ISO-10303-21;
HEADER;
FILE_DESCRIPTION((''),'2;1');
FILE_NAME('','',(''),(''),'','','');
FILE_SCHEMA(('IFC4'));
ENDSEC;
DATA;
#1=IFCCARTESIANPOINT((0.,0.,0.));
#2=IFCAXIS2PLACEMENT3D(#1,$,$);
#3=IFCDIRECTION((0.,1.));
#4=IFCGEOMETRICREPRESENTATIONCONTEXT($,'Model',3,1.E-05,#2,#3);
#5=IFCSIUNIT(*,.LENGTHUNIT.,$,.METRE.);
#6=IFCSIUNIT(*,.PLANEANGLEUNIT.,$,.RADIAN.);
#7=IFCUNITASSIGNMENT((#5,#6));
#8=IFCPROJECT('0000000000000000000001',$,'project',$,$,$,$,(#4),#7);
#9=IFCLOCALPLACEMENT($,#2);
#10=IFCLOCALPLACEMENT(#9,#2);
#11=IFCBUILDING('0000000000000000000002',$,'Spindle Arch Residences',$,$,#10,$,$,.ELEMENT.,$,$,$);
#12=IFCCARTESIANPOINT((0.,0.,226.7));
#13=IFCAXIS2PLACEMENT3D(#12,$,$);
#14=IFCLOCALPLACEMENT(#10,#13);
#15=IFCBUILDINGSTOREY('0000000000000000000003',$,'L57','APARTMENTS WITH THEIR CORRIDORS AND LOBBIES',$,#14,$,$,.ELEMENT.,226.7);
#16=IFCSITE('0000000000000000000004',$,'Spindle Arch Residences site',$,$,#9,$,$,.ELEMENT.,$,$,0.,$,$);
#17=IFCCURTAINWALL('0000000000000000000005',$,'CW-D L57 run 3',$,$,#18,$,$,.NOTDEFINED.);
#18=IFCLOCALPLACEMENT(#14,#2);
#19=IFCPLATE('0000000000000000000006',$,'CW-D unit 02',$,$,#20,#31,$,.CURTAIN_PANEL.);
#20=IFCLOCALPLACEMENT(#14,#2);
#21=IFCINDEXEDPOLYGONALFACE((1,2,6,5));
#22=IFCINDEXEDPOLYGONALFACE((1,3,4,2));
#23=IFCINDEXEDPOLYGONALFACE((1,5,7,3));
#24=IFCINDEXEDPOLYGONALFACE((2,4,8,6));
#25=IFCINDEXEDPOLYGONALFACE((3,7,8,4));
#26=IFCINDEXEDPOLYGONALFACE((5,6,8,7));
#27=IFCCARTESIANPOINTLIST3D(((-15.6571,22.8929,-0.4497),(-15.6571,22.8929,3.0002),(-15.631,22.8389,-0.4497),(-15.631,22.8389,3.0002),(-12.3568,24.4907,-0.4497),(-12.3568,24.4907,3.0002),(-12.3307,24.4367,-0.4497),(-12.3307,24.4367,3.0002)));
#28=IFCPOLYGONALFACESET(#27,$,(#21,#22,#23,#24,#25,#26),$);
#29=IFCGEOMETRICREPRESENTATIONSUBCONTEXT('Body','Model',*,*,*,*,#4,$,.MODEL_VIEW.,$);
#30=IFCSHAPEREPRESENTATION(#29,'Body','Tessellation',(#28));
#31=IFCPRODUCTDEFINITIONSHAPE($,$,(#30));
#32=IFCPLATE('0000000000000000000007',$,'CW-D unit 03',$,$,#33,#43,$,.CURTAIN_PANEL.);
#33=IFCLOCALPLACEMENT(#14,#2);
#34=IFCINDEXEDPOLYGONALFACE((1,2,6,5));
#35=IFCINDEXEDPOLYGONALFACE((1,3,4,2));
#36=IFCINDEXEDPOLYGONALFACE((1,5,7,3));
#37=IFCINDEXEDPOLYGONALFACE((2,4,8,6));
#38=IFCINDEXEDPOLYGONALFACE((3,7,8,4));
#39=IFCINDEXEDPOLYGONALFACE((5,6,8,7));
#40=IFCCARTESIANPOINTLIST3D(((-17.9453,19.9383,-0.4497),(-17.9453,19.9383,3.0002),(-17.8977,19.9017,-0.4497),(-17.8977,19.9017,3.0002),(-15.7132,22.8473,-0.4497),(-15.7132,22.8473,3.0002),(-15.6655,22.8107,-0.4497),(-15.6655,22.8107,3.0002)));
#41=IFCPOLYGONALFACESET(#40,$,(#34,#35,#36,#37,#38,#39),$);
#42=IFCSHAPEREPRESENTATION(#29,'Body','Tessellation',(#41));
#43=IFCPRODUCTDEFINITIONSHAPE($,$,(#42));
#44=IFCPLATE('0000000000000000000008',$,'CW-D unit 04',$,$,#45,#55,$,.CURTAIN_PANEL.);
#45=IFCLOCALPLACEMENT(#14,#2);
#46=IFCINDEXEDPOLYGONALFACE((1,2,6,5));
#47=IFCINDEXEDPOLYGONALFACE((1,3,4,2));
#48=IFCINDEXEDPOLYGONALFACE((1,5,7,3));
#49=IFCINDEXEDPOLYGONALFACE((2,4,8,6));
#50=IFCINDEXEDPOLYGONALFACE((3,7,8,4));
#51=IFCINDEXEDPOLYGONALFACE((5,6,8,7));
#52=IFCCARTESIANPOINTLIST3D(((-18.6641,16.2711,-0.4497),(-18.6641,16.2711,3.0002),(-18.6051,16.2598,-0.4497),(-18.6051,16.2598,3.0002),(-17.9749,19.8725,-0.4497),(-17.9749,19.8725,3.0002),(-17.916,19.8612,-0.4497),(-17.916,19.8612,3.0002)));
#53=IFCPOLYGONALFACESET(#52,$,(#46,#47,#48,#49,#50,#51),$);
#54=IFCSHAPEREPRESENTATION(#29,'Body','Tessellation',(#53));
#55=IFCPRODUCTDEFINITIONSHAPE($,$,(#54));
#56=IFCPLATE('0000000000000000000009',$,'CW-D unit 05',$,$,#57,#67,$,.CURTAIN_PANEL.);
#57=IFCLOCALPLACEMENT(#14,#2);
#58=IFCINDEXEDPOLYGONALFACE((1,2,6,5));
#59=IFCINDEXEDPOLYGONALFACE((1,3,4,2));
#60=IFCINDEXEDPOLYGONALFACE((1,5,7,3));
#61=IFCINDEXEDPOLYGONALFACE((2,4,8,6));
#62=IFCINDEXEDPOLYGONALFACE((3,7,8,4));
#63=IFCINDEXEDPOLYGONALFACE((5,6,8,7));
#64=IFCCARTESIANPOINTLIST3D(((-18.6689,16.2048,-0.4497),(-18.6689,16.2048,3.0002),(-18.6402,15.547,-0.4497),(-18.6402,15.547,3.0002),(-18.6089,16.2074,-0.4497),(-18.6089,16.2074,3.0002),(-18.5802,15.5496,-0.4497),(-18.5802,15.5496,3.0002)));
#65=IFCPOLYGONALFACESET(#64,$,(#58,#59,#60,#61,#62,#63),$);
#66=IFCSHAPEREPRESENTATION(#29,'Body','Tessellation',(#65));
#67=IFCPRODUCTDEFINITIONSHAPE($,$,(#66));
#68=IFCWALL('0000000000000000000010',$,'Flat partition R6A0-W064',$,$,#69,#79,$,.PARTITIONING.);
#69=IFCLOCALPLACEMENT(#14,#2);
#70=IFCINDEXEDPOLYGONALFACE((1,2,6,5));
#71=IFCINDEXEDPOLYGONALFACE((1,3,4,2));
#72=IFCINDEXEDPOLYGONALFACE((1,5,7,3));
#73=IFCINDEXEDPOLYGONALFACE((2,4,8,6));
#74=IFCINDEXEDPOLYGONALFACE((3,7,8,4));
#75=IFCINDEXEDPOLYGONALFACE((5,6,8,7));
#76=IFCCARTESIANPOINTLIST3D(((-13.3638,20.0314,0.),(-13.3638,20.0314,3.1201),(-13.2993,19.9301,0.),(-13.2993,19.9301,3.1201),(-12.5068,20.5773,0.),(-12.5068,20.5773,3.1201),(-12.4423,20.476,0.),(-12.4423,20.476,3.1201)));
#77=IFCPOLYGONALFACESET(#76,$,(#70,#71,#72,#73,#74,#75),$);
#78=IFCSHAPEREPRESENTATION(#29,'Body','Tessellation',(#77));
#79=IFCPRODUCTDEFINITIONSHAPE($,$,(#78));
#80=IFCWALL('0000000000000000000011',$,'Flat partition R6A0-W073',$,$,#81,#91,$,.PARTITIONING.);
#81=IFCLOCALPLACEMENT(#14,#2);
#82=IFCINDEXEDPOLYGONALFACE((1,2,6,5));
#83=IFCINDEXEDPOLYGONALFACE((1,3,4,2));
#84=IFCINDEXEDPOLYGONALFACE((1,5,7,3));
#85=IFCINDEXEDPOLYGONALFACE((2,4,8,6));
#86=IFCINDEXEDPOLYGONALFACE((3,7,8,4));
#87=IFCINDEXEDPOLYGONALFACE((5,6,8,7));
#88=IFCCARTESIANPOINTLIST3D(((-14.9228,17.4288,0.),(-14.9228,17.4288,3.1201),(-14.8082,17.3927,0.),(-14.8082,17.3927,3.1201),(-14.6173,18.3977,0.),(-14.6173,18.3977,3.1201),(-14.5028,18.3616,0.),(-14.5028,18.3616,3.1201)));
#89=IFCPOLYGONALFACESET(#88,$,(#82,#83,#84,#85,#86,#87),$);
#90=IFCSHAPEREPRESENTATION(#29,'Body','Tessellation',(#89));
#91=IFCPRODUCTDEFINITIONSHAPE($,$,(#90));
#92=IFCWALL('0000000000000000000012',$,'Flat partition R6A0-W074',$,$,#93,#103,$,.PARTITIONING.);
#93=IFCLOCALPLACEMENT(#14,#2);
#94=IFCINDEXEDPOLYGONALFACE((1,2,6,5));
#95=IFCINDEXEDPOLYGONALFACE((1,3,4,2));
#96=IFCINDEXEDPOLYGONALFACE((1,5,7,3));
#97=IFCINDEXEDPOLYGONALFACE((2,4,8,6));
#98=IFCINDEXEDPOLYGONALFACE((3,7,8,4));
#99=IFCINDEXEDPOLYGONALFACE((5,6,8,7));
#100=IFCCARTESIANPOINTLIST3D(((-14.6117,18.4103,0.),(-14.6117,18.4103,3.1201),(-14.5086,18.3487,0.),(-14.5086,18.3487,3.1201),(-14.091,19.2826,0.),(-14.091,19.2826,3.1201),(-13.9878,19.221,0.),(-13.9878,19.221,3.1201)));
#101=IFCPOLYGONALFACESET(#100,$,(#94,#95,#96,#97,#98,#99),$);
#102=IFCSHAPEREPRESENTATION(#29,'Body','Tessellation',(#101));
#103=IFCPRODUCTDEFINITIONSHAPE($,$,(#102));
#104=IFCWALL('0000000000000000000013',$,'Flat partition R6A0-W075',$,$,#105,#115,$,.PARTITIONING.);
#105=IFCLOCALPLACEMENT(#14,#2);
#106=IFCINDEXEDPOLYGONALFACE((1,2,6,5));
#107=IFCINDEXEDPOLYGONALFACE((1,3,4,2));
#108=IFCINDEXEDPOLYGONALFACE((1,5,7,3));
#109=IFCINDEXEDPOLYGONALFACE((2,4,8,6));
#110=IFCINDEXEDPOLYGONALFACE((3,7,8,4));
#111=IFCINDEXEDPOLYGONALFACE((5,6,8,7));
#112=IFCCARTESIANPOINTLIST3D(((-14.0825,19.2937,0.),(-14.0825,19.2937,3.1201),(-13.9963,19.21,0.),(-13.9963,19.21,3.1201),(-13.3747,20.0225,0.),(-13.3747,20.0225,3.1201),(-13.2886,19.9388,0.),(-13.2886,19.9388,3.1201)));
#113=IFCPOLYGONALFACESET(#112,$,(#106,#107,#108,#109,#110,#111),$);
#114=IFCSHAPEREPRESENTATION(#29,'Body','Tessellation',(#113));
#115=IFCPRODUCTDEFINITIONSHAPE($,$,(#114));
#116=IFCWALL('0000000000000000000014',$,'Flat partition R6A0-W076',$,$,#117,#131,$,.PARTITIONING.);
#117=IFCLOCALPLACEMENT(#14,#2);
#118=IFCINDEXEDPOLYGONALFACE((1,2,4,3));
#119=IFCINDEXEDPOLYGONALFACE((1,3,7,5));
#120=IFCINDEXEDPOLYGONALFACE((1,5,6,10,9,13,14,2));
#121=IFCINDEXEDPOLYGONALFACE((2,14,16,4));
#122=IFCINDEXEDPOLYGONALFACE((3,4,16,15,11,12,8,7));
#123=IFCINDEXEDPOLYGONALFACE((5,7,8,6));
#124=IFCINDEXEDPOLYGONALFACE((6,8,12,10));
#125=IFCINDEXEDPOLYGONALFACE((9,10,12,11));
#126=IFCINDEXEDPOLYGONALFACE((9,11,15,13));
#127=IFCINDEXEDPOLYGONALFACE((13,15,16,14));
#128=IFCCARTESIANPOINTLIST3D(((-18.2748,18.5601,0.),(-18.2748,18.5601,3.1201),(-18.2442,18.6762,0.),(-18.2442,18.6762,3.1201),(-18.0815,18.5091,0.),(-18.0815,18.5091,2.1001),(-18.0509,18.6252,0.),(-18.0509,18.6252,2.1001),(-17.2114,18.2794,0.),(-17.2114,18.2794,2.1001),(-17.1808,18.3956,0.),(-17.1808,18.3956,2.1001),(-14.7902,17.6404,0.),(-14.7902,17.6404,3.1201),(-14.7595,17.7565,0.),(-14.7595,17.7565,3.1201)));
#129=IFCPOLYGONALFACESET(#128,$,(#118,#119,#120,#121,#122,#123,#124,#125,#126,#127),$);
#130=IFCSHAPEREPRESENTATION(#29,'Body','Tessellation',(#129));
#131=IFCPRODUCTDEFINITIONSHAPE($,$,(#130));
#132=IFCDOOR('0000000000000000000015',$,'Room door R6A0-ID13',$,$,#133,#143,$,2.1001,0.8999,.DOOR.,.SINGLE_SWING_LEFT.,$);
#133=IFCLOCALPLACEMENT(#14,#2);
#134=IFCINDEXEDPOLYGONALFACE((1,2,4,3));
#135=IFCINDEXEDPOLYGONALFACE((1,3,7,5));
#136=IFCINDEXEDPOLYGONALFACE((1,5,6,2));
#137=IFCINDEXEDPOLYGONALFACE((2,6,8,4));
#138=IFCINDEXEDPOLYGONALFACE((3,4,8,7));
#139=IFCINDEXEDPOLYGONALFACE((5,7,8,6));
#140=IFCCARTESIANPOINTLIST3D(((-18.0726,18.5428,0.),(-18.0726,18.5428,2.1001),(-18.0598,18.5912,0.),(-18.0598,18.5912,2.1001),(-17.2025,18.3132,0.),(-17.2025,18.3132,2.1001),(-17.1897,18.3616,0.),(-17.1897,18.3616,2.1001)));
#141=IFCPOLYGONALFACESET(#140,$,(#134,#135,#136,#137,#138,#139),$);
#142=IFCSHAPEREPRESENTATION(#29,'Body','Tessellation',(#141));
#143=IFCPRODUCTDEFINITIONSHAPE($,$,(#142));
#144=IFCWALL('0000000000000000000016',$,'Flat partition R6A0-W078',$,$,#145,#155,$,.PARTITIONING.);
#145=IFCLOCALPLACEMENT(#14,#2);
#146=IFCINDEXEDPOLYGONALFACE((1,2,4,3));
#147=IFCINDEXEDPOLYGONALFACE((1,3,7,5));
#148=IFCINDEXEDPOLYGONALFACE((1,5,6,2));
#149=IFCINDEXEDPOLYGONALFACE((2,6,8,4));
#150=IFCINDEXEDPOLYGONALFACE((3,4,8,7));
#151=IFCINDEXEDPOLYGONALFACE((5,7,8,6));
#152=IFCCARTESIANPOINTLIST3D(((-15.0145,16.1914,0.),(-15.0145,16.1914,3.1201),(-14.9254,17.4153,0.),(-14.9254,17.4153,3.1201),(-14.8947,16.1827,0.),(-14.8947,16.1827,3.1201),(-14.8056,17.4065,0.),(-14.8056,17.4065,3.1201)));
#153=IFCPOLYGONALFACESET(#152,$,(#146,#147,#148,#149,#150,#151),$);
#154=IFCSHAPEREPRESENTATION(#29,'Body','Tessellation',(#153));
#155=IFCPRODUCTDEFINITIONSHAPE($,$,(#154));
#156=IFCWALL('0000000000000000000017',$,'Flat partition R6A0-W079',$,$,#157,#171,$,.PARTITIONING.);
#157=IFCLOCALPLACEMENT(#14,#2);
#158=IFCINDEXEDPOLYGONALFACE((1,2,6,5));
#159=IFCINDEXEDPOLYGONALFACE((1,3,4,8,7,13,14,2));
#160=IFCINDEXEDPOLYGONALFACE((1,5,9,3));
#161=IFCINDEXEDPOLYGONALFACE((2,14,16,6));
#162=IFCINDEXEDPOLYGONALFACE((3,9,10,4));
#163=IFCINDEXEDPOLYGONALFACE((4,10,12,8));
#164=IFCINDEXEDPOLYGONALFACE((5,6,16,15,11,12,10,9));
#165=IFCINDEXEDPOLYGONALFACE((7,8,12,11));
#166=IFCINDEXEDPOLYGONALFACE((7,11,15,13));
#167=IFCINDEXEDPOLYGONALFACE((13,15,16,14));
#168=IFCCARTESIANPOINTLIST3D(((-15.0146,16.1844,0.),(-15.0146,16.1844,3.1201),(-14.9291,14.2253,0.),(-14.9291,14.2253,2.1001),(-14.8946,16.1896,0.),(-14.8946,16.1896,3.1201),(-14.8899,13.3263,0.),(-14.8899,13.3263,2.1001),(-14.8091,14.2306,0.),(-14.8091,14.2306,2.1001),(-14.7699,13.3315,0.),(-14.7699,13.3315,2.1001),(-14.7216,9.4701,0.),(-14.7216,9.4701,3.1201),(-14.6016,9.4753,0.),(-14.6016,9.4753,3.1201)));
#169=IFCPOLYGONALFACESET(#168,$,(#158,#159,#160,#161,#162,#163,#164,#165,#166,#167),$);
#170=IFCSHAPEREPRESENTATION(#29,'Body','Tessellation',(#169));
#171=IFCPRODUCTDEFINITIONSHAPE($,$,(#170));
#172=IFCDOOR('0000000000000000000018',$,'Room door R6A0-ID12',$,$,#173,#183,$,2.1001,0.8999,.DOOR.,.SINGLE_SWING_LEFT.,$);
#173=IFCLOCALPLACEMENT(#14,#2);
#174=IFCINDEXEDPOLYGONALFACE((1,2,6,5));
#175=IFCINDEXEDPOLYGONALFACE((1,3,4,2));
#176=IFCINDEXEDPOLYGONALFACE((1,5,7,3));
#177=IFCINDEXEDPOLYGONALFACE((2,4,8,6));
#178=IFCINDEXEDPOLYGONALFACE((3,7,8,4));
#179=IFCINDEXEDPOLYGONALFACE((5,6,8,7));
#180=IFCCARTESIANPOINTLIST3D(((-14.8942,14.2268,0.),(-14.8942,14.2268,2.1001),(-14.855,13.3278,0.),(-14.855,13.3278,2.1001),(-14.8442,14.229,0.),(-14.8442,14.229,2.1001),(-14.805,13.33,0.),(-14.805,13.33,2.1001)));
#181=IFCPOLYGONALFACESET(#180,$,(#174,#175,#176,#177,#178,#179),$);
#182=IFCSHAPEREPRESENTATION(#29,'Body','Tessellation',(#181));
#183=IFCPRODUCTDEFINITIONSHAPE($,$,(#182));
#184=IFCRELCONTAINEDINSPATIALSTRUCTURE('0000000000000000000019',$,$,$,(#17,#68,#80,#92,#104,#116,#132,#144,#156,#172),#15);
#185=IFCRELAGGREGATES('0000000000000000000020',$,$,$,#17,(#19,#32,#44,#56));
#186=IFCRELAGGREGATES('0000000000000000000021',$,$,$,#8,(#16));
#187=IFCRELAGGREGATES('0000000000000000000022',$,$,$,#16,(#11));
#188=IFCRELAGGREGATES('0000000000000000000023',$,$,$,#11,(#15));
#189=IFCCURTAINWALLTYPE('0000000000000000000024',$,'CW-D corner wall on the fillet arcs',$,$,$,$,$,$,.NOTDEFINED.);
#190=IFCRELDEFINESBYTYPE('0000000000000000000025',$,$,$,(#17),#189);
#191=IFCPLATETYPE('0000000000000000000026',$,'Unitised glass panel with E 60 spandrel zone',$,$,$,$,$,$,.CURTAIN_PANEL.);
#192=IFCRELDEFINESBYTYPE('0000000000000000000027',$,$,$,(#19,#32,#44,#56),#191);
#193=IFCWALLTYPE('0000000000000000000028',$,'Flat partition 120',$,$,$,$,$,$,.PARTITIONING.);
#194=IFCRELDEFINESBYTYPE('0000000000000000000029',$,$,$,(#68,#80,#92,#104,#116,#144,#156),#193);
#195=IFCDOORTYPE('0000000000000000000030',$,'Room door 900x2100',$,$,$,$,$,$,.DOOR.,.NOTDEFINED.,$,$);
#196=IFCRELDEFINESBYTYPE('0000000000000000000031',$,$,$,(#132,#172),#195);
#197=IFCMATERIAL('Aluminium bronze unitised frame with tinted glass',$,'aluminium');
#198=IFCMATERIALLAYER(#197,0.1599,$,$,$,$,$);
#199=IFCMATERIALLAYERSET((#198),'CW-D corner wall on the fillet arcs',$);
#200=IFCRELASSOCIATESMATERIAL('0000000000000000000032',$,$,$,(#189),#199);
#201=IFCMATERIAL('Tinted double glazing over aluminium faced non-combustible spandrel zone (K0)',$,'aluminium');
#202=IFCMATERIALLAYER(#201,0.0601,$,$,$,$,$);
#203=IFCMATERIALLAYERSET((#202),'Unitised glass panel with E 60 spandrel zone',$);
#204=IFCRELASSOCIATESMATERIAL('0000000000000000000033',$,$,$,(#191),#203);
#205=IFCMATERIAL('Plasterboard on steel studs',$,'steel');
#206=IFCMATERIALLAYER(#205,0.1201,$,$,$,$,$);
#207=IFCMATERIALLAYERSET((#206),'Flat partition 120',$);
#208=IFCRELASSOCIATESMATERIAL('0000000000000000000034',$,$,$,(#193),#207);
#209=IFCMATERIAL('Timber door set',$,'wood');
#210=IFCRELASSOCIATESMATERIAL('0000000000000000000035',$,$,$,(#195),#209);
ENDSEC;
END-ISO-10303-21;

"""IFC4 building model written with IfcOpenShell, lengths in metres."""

from ifc_helpers import new_model, si_unit, direction, frame, frame_2d, origin, origin_2d, place, context, subcontext, project, spatial, rectangle, extrude, material, layer, layer_set, type_object, element, fill, aggregate, save


model = new_model("IFC4")

# Units and contexts
model_context = context("Model", 3, precision=1e-05, world=origin(), true_north=direction((0.0, 1.0)))
body_context = subcontext(model_context, "Body", "Model", "MODEL_VIEW")
ifc_project = project(units=[si_unit("LENGTHUNIT", "METRE"), si_unit("PLANEANGLEUNIT", "RADIAN")], contexts=[model_context])

# Site, building, storey
site_placement = place(None, origin())
site = spatial("IfcSite", under=ifc_project, at=site_placement, Name="Spindle Arch Residences site", CompositionType="ELEMENT", RefElevation=0.0)
building_placement = place(site_placement, origin())
building = spatial("IfcBuilding", under=site, at=building_placement, Name="Spindle Arch Residences", CompositionType="ELEMENT")
storey_placement = place(building_placement, frame((0.0, 0.0, 226.7)))
storey = spatial("IfcBuildingStorey", under=building, at=storey_placement, Name="L57", Description="APARTMENTS WITH THEIR CORRIDORS AND LOBBIES", CompositionType="ELEMENT", Elevation=226.7)

# Curtain wall
ifc_material_1 = material(Name="Aluminium bronze unitised frame with tinted glass", Category="aluminium")
ifc_layer_1 = layer(ifc_material_1, 0.1599)
ifc_layer_set_1 = layer_set([ifc_layer_1], Name="CW-D corner wall on the fillet arcs")
curtain_wall_type_1 = type_object("IfcCurtainWallType", Name="CW-D corner wall on the fillet arcs", PredefinedType="NOTDEFINED", material=ifc_layer_set_1)
curtain_wall_1_placement = place(storey_placement, origin())
curtain_wall_1 = element("IfcCurtainWall", 1, at=curtain_wall_1_placement, inside=storey, type_object=curtain_wall_type_1, Name="CW-D L57 run 3", PredefinedType="NOTDEFINED")

# Plates
ifc_material_2 = material(Name="Tinted double glazing over aluminium faced non-combustible spandrel zone (K0)", Category="aluminium")
ifc_layer_2 = layer(ifc_material_2, 0.0601)
ifc_layer_set_2 = layer_set([ifc_layer_2], Name="Unitised glass panel with E 60 spandrel zone")
plate_type = type_object("IfcPlateType", Name="Unitised glass panel with E 60 spandrel zone", PredefinedType="CURTAIN_PANEL", material=ifc_layer_set_2)
plate_1_placement = place(storey_placement, frame((-13.9939, 23.6648, -0.4497), z_axis=(0.0, 0.0, 1.0), x_axis=(-0.900065, -0.435755, 0.0)))
plate_1 = element("IfcPlate", 2, at=plate_1_placement, type_object=plate_type, Name="CW-D unit 02", PredefinedType="CURTAIN_PANEL", context=body_context, shape_type="SweptSolid", body=[
    extrude(rectangle(XDim=3.6667, YDim=0.0601, at=origin_2d()), origin(), (0.0, 0.0, 1.0), 3.45),
])
plate_2_placement = place(storey_placement, frame((-16.8054, 21.3745, -0.4497), z_axis=(0.0, 0.0, 1.0), x_axis=(-0.608761, -0.793353, 0.0)))
plate_2 = element("IfcPlate", 3, at=plate_2_placement, type_object=plate_type, Name="CW-D unit 03", PredefinedType="CURTAIN_PANEL", context=body_context, shape_type="SweptSolid", body=[
    extrude(rectangle(XDim=3.6667, YDim=0.0601, at=origin_2d()), origin(), (0.0, 0.0, 1.0), 3.45),
])
plate_3_placement = place(storey_placement, frame((-18.29, 18.0662, -0.4497), z_axis=(0.0, 0.0, 1.0), x_axis=(-0.187953, -0.982178, 0.0)))
plate_3 = element("IfcPlate", 4, at=plate_3_placement, type_object=plate_type, Name="CW-D unit 04", PredefinedType="CURTAIN_PANEL", context=body_context, shape_type="SweptSolid", body=[
    extrude(rectangle(XDim=3.6667, YDim=0.0601, at=origin_2d()), origin(), (0.0, 0.0, 1.0), 3.45),
])
plate_4_placement = place(storey_placement, frame((-18.6245, 15.8772, -0.4497), z_axis=(0.0, 0.0, 1.0), x_axis=(0.043619, -0.999048, 0.0)))
plate_4 = element("IfcPlate", 5, at=plate_4_placement, type_object=plate_type, Name="CW-D unit 05", PredefinedType="CURTAIN_PANEL", context=body_context, shape_type="SweptSolid", body=[
    extrude(rectangle(XDim=0.6584, YDim=0.0601, at=origin_2d()), origin(), (0.0, 0.0, 1.0), 3.45),
])
aggregate(curtain_wall_1, [plate_1, plate_2, plate_3, plate_4])

# Walls
ifc_material_3 = material(Name="Plasterboard on steel studs", Category="steel")
ifc_layer_3 = layer(ifc_material_3, 0.1201)
ifc_layer_set_3 = layer_set([ifc_layer_3], Name="Flat partition 120")
wall_type_1 = type_object("IfcWallType", Name="Flat partition 120", PredefinedType="PARTITIONING", material=ifc_layer_set_3)
wall_1_placement = place(storey_placement, frame((-13.3315, 19.9807, 0.0), z_axis=(0.0, 0.0, 1.0), x_axis=(0.843404, 0.53728, 0.0)))
element("IfcWall", 6, at=wall_1_placement, inside=storey, type_object=wall_type_1, Name="Flat partition R6A0-W064", PredefinedType="PARTITIONING", context=body_context, shape_type="SweptSolid", body=[
    extrude(rectangle(XDim=1.0161, YDim=0.1201, at=frame_2d((0.5081, 0.0))), origin(), (0.0, 0.0, 1.0), 3.1201),
])
for number, where, z_axis, x_axis, name in (
    (7, (-14.8655, 17.4109, 0.0), (0.0, 0.0, 1.0), (0.300683, 0.953724, 0.0), "Flat partition R6A0-W073"),
    (8, (-14.5601, 18.3796, 0.0), (0.0, 0.0, 1.0), (0.512586, 0.858636, 0.0), "Flat partition R6A0-W074"),
    (9, (-14.0393, 19.252, 0.0), (0.0, 0.0, 1.0), (0.696697, 0.717365, 0.0), "Flat partition R6A0-W075"),
):
    element("IfcWall", number, at=place(storey_placement, frame(where, z_axis=z_axis, x_axis=x_axis)), inside=storey, type_object=wall_type_1, Name=name, PredefinedType="PARTITIONING", context=body_context, shape_type="SweptSolid", body=[
        extrude(rectangle(XDim=1.0159, YDim=0.1201, at=frame_2d((0.5078, 0.0))), origin(), (0.0, 0.0, 1.0), 3.1201),
    ])

# Wall, opening, door
wall_2_placement = place(storey_placement, frame((-18.2595, 18.6182, 0.0), z_axis=(0.0, 0.0, 1.0), x_axis=(0.966892, -0.255187, 0.0)))
wall_2 = element("IfcWall", 10, at=wall_2_placement, inside=storey, type_object=wall_type_1, Name="Flat partition R6A0-W076", PredefinedType="PARTITIONING", context=body_context, shape_type="SweptSolid", body=[
    extrude(rectangle(XDim=3.604, YDim=0.1201, at=frame_2d((1.802, 0.0))), origin(), (0.0, 0.0, 1.0), 3.1201),
])
opening_1_placement = place(wall_2_placement, frame((0.2, 0.0, 0.0)))
opening_1 = element("IfcOpeningElement", 11, at=opening_1_placement, cuts=wall_2, PredefinedType="OPENING", context=body_context, shape_type="SweptSolid", body=[
    extrude(rectangle(XDim=0.8999, YDim=2.1001, at=frame_2d((0.45, 1.05))), frame((0.0, 0.0701, 0.0), z_axis=(0.0, -1.0, 0.0), x_axis=(1.0, 0.0, 0.0)), (0.0, 0.0, 1.0), 0.1401),
])
ifc_material_4 = material(Name="Timber door set", Category="wood")
door_type = type_object("IfcDoorType", Name="Room door 900x2100", OperationType="NOTDEFINED", PredefinedType="DOOR", material=ifc_material_4)
door_1_placement = place(opening_1_placement, origin())
door_1 = element("IfcDoor", 12, at=door_1_placement, inside=storey, type_object=door_type, Name="Room door R6A0-ID13", OperationType="SINGLE_SWING_LEFT", OverallHeight=2.1001, OverallWidth=0.8999, PredefinedType="DOOR", context=body_context, shape_type="SweptSolid", body=[
    extrude(rectangle(XDim=0.8999, YDim=2.1001, at=frame_2d((0.45, 1.05))), frame((0.0, 0.0249, 0.0), z_axis=(0.0, -1.0, 0.0), x_axis=(1.0, 0.0, 0.0)), (0.0, 0.0, 1.0), 0.05),
])
fill(opening_1, door_1)

# Wall
wall_3_placement = place(storey_placement, frame((-14.8655, 17.4109, 0.0), z_axis=(0.0, 0.0, 1.0), x_axis=(-0.072618, -0.99736, 0.0)))
element("IfcWall", 13, at=wall_3_placement, inside=storey, type_object=wall_type_1, Name="Flat partition R6A0-W078", PredefinedType="PARTITIONING", context=body_context, shape_type="SweptSolid", body=[
    extrude(rectangle(XDim=1.2271, YDim=0.1201, at=frame_2d((0.6135, 0.0))), origin(), (0.0, 0.0, 1.0), 3.1201),
])

# Wall, opening, door
wall_4_placement = place(storey_placement, frame((-14.9546, 16.187, 0.0), z_axis=(0.0, 0.0, 1.0), x_axis=(0.043592, -0.999049, 0.0)))
wall_4 = element("IfcWall", 14, at=wall_4_placement, inside=storey, type_object=wall_type_1, Name="Flat partition R6A0-W079", PredefinedType="PARTITIONING", context=body_context, shape_type="SweptSolid", body=[
    extrude(rectangle(XDim=6.7207, YDim=0.1201, at=frame_2d((3.3604, 0.0))), origin(), (0.0, 0.0, 1.0), 3.1201),
])
opening_2_placement = place(wall_4_placement, frame((1.9609, 0.0, 0.0)))
opening_2 = element("IfcOpeningElement", 15, at=opening_2_placement, cuts=wall_4, PredefinedType="OPENING", context=body_context, shape_type="SweptSolid", body=[
    extrude(rectangle(XDim=0.8999, YDim=2.1001, at=frame_2d((0.45, 1.05))), frame((0.0, 0.0701, 0.0), z_axis=(0.0, -1.0, 0.0), x_axis=(1.0, 0.0, 0.0)), (0.0, 0.0, 1.0), 0.1401),
])
door_2_placement = place(opening_2_placement, origin())
door_2 = element("IfcDoor", 16, at=door_2_placement, inside=storey, type_object=door_type, Name="Room door R6A0-ID12", OperationType="SINGLE_SWING_LEFT", OverallHeight=2.1001, OverallWidth=0.8999, PredefinedType="DOOR", context=body_context, shape_type="SweptSolid", body=[
    extrude(rectangle(XDim=0.8999, YDim=2.1001, at=frame_2d((0.45, 1.05))), frame((0.0, 0.0249, 0.0), z_axis=(0.0, -1.0, 0.0), x_axis=(1.0, 0.0, 0.0)), (0.0, 0.0, 1.0), 0.05),
])
fill(opening_2, door_2)

save(model, "model.ifc")
